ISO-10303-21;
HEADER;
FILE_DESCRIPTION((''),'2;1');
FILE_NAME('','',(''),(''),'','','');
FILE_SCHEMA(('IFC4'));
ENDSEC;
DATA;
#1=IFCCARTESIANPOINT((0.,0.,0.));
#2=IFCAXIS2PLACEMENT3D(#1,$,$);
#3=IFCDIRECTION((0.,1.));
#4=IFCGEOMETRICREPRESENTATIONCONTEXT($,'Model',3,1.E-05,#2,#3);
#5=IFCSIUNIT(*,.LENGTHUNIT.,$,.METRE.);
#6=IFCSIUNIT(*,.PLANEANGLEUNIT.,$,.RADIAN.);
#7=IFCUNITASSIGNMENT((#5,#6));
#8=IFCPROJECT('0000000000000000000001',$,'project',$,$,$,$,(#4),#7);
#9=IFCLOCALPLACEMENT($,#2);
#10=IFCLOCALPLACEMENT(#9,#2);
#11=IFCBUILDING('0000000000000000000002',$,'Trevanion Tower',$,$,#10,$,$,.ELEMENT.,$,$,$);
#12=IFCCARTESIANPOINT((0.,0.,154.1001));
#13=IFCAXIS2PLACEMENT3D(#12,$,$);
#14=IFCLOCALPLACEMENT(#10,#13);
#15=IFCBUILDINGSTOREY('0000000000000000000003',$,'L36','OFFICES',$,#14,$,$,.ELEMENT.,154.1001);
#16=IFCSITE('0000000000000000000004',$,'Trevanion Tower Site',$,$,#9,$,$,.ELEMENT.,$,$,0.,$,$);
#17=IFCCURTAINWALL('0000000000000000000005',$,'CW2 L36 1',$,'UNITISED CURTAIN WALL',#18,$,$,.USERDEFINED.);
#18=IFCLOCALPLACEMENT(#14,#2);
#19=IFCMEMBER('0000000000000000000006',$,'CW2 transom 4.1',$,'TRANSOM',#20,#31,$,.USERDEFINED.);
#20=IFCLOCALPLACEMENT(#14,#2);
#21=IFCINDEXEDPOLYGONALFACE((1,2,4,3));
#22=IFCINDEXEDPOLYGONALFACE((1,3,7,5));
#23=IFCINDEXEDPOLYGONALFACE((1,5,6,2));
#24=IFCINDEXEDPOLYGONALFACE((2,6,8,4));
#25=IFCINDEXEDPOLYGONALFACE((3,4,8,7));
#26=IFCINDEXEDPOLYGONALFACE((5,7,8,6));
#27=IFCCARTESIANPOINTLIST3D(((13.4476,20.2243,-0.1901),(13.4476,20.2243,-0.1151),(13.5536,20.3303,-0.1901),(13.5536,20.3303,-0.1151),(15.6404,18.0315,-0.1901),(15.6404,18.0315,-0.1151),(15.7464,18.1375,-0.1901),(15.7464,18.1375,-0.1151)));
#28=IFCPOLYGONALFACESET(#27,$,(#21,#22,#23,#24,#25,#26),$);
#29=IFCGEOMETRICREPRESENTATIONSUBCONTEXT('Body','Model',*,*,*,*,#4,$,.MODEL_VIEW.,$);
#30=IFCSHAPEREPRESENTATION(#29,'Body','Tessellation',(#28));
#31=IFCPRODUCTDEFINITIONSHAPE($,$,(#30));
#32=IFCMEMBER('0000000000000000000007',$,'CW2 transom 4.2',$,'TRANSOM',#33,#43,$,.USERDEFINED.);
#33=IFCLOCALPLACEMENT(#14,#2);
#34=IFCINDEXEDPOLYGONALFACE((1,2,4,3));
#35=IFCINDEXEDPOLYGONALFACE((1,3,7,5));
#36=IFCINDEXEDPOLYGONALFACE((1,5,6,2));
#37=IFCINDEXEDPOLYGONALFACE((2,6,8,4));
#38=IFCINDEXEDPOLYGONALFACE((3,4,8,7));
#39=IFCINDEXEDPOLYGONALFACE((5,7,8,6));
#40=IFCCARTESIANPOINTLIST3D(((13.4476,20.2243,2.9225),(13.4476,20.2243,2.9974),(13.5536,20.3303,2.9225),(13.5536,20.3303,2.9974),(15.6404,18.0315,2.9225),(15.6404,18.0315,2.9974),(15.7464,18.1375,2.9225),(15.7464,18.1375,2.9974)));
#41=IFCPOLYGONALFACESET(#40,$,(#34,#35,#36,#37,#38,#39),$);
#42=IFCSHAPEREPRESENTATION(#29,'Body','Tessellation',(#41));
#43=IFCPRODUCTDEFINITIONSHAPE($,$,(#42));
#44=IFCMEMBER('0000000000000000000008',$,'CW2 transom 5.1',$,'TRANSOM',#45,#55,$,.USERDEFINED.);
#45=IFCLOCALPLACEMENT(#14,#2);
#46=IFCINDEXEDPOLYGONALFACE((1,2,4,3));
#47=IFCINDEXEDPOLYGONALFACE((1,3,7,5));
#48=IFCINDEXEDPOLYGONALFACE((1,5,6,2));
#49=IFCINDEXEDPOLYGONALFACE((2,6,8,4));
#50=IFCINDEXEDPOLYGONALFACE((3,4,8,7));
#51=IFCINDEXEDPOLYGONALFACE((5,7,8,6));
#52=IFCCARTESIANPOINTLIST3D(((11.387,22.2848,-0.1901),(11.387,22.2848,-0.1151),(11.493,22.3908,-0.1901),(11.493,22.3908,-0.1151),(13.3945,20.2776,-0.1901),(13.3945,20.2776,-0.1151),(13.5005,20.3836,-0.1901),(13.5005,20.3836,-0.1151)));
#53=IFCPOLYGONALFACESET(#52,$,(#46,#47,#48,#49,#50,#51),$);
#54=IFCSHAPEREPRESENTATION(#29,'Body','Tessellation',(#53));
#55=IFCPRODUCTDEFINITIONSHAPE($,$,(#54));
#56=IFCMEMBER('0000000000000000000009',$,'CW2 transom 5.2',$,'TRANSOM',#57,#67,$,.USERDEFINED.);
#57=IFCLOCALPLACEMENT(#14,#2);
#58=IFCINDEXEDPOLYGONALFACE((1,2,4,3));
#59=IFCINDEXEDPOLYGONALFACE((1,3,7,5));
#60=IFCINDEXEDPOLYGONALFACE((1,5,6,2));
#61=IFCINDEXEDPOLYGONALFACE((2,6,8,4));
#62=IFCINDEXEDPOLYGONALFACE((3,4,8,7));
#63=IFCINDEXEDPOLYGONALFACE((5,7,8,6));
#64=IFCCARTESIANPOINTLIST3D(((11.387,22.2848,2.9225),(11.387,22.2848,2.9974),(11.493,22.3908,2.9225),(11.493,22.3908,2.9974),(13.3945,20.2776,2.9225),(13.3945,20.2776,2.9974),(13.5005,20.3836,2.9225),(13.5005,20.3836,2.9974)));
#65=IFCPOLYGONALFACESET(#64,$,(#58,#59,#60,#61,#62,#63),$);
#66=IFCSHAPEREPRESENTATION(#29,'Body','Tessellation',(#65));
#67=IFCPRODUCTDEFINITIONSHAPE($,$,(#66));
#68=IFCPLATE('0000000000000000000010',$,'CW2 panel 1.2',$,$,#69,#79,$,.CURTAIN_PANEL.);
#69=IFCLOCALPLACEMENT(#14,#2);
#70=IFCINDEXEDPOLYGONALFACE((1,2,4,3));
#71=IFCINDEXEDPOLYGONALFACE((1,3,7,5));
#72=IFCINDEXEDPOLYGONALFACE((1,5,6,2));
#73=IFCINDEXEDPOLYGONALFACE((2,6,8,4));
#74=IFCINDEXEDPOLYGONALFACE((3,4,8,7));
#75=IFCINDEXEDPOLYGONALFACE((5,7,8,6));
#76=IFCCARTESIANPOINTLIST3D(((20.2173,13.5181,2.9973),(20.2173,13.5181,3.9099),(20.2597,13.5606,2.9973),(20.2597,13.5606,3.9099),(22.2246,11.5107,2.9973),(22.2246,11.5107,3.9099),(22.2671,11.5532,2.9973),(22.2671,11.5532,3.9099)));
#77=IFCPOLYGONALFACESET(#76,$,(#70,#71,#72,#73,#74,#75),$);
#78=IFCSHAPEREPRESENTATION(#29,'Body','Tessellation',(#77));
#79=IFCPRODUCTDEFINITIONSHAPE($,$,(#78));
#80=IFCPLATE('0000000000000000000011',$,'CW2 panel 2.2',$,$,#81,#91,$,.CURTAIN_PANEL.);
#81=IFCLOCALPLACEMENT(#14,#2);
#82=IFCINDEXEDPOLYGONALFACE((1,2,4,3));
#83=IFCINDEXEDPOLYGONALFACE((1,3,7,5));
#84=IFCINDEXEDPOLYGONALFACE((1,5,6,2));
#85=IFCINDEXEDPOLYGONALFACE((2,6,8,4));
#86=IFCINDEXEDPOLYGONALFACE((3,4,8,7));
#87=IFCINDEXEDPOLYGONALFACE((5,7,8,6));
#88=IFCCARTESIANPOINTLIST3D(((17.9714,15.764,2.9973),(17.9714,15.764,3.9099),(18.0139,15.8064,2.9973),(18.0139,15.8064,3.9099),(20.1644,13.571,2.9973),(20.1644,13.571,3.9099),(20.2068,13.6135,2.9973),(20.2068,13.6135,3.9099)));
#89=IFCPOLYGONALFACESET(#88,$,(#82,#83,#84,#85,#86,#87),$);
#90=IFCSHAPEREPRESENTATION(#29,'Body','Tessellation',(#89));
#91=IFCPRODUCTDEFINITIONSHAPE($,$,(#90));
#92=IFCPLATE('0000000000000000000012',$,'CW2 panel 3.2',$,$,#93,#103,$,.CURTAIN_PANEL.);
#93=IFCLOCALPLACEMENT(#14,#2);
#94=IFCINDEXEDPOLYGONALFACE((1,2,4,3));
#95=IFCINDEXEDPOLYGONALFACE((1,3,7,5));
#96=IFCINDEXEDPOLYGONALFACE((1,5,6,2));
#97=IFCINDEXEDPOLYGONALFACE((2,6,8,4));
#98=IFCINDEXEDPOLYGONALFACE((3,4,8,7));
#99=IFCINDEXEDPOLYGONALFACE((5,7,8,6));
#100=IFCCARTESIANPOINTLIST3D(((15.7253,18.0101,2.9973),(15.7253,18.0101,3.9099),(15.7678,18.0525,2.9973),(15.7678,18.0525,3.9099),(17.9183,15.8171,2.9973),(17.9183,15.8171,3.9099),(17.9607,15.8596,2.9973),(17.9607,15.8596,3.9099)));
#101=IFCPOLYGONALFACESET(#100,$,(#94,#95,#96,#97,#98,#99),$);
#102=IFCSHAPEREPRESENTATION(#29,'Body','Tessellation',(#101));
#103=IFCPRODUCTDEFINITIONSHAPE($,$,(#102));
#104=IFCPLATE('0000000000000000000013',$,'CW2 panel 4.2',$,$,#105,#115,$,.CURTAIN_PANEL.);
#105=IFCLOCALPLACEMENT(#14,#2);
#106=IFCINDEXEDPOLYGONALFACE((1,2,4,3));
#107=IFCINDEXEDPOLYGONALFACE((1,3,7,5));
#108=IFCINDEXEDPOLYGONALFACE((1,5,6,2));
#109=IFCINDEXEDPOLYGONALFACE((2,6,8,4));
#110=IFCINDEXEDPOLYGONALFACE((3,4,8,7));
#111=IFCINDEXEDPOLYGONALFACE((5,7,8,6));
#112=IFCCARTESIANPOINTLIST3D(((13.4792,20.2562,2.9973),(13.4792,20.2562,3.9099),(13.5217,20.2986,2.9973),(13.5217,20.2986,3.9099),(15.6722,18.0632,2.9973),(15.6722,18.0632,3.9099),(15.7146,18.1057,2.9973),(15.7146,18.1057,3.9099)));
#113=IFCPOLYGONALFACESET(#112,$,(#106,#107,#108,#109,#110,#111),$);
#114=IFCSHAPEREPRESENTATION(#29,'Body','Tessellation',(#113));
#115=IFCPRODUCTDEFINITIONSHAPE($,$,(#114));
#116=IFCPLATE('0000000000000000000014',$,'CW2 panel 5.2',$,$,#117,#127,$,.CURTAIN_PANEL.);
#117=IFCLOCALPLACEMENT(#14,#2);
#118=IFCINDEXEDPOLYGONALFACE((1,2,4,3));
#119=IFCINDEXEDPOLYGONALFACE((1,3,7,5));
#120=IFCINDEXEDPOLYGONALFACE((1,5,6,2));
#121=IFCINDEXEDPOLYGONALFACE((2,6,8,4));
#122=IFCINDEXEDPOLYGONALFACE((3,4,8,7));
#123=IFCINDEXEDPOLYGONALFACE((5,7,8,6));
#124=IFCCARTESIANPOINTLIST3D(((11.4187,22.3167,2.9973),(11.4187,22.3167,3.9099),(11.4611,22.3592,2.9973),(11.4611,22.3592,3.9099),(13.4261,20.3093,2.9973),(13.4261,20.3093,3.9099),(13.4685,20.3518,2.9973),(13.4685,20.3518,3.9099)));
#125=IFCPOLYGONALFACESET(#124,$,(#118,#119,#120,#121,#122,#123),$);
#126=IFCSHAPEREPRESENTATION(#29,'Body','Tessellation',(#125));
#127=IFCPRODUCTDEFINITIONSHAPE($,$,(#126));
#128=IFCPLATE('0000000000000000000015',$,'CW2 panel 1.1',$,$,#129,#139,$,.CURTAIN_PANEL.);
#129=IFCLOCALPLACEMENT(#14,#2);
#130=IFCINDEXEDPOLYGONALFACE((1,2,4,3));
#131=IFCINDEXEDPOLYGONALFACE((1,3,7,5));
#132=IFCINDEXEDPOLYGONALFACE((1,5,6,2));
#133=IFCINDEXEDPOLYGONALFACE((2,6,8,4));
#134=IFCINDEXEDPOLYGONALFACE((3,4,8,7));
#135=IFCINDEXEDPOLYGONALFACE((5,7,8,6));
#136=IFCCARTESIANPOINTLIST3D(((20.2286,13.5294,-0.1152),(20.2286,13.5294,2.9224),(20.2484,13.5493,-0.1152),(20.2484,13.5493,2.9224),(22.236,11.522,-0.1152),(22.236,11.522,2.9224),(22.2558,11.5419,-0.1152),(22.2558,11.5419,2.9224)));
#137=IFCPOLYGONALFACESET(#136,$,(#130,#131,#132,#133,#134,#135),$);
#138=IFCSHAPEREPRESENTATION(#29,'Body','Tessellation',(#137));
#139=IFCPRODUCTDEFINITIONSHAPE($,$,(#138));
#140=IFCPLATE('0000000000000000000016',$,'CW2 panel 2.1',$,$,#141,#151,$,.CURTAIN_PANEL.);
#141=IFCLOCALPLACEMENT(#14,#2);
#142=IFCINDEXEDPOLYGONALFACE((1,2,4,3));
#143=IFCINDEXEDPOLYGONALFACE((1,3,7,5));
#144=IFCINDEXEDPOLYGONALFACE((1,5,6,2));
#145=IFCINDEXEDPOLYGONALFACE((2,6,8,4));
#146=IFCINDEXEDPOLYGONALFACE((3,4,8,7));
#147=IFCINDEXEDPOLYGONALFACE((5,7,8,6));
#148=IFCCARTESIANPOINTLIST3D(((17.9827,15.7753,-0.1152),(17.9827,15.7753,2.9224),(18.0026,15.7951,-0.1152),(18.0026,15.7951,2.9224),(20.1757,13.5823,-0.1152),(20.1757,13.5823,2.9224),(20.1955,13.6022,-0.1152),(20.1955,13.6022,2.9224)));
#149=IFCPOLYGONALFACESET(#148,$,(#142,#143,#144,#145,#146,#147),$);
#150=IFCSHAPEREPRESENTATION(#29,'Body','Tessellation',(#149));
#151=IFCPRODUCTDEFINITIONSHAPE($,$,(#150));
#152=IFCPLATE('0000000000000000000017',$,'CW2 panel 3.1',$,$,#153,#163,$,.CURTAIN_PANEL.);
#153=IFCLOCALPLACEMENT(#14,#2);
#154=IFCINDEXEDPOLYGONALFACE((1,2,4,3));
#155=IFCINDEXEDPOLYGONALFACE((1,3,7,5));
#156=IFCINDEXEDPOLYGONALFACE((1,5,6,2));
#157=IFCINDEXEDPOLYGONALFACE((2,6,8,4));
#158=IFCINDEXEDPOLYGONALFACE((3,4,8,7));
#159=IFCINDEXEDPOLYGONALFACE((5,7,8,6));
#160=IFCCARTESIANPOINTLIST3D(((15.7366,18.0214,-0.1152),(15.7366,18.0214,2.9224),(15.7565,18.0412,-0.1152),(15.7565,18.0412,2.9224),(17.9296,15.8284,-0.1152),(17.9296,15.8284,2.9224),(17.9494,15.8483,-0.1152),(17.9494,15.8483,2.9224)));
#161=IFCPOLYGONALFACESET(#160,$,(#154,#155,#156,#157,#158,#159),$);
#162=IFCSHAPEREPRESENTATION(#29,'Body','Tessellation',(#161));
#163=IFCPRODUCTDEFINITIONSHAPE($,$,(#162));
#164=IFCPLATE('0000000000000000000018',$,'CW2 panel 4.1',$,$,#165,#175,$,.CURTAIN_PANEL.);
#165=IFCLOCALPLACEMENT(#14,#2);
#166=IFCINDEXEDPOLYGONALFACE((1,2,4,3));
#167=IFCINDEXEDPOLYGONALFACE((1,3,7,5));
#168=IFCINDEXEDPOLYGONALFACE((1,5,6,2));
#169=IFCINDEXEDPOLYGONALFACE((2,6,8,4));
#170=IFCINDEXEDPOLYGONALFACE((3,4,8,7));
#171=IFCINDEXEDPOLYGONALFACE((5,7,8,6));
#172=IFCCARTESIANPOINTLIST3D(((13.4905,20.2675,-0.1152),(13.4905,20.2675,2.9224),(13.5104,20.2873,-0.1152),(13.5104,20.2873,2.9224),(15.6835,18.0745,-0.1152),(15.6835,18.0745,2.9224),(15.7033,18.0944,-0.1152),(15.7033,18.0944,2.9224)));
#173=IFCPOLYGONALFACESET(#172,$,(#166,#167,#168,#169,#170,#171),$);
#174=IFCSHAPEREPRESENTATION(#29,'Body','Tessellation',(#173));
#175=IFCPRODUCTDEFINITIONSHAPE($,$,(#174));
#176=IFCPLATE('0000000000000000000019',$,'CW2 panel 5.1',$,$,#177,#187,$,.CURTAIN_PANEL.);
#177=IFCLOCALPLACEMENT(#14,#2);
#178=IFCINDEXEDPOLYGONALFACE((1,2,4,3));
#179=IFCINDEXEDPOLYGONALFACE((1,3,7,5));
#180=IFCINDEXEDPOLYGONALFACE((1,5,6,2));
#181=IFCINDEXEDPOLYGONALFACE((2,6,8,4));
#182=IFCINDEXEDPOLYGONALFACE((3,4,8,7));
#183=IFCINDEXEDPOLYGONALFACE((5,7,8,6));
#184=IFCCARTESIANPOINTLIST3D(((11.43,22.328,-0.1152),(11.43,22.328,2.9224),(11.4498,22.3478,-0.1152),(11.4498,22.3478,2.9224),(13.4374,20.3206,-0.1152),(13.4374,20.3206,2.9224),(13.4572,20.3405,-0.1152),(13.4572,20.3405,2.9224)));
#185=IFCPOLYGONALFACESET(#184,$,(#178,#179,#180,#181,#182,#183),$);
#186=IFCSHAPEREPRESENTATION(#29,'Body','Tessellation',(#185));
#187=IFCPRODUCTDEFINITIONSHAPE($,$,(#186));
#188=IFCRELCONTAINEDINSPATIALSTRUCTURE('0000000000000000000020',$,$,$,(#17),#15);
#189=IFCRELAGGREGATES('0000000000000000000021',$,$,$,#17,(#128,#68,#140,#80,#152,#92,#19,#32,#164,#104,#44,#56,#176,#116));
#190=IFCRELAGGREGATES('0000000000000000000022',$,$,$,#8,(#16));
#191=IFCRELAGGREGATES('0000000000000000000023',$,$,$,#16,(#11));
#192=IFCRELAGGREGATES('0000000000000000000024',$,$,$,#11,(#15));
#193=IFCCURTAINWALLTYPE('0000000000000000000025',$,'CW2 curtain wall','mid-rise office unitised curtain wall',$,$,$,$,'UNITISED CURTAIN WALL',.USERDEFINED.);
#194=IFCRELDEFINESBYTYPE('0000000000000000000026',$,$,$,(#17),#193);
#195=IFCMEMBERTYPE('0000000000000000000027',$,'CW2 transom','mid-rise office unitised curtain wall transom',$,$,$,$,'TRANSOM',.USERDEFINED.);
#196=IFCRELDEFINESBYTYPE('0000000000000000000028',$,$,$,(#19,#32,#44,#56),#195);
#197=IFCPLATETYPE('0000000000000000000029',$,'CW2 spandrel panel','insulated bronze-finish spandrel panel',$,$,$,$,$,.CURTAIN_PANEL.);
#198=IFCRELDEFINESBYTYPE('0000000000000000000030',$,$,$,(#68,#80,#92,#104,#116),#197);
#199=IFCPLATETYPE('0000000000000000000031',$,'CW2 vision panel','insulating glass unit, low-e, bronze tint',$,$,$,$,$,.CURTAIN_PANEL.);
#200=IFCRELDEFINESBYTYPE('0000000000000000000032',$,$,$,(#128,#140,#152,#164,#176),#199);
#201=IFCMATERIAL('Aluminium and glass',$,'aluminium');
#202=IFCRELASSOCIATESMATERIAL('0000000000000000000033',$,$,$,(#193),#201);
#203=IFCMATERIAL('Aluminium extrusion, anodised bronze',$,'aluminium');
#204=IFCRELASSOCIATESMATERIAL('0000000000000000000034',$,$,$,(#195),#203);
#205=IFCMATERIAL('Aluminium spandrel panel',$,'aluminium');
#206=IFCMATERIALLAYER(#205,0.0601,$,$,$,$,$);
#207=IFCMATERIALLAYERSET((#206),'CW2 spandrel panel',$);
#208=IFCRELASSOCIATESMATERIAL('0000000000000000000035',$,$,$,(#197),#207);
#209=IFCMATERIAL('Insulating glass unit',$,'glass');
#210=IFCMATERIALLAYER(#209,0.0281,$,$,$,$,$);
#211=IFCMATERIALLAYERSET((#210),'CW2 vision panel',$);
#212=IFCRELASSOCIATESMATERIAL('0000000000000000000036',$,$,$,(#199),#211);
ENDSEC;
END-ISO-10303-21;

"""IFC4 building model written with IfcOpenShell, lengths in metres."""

from ifc_helpers import new_model, si_unit, direction, frame, origin, origin_2d, place, context, subcontext, project, spatial, rectangle, extrude, material, layer, layer_set, material_profile, profile_set, type_object, element, aggregate, save


model = new_model("IFC4")

# Units and contexts
model_context = context("Model", 3, precision=1e-05, world=origin(), true_north=direction((0.0, 1.0)))
body_context = subcontext(model_context, "Body", "Model", "MODEL_VIEW")
ifc_project = project(units=[si_unit("LENGTHUNIT", "METRE"), si_unit("PLANEANGLEUNIT", "RADIAN")], contexts=[model_context])

# Site, building, storey
site_placement = place(None, origin())
site = spatial("IfcSite", under=ifc_project, at=site_placement, Name="Trevanion Tower Site", CompositionType="ELEMENT", RefElevation=0.0)
building_placement = place(site_placement, origin())
building = spatial("IfcBuilding", under=site, at=building_placement, Name="Trevanion Tower", CompositionType="ELEMENT")
storey_placement = place(building_placement, frame((0.0, 0.0, 154.1001)))
storey = spatial("IfcBuildingStorey", under=building, at=storey_placement, Name="L36", Description="OFFICES", CompositionType="ELEMENT", Elevation=154.1001)

# Curtain wall
ifc_material_1 = material(Name="Aluminium and glass", Category="aluminium")
curtain_wall_type = type_object("IfcCurtainWallType", Name="CW2 curtain wall", Description="mid-rise office unitised curtain wall", ElementType="UNITISED CURTAIN WALL", PredefinedType="USERDEFINED", material=ifc_material_1)
curtain_wall_1_placement = place(storey_placement, origin())
curtain_wall_1 = element("IfcCurtainWall", 1, at=curtain_wall_1_placement, inside=storey, type_object=curtain_wall_type, Name="CW2 L36 1", ObjectType="UNITISED CURTAIN WALL", PredefinedType="USERDEFINED")

# Members
ifc_material_2 = material(Name="Aluminium extrusion, anodised bronze", Category="aluminium")
ifc_material_profile_1 = material_profile(ifc_material_2, rectangle(XDim=0.1499, YDim=0.075, at=origin_2d()), Name="CW2 transom")
ifc_profile_set_1 = profile_set([ifc_material_profile_1], Name="Aluminium extrusion, anodised bronze")
member_type_1 = type_object("IfcMemberType", Name="CW2 transom", Description="mid-rise office unitised curtain wall transom", ElementType="TRANSOM", PredefinedType="USERDEFINED", material=ifc_profile_set_1)
member_1_placement = place(storey_placement, frame((15.6934, 18.0845, -0.1526), z_axis=(-0.707107, 0.707107, 0.0), x_axis=(-0.707107, -0.707107, 0.0)))
member_1 = element("IfcMember", 2, at=member_1_placement, type_object=member_type_1, Name="CW2 transom 4.1", ObjectType="TRANSOM", PredefinedType="USERDEFINED", context=body_context, shape_type="SweptSolid", body=[
    extrude(rectangle(XDim=0.1499, YDim=0.075, at=origin_2d()), origin(), (0.0, 0.0, 1.0), 3.1011),
])
member_2_placement = place(storey_placement, frame((15.6934, 18.0845, 2.96), z_axis=(-0.707107, 0.707107, 0.0), x_axis=(-0.707107, -0.707107, 0.0)))
member_2 = element("IfcMember", 3, at=member_2_placement, type_object=member_type_1, Name="CW2 transom 4.2", ObjectType="TRANSOM", PredefinedType="USERDEFINED", context=body_context, shape_type="SweptSolid", body=[
    extrude(rectangle(XDim=0.1499, YDim=0.075, at=origin_2d()), origin(), (0.0, 0.0, 1.0), 3.1011),
])
member_3_placement = place(storey_placement, frame((13.4475, 20.3306, -0.1526), z_axis=(-0.70715, 0.707064, 0.0), x_axis=(-0.707064, -0.70715, 0.0)))
member_3 = element("IfcMember", 4, at=member_3_placement, type_object=member_type_1, Name="CW2 transom 5.1", ObjectType="TRANSOM", PredefinedType="USERDEFINED", context=body_context, shape_type="SweptSolid", body=[
    extrude(rectangle(XDim=0.1499, YDim=0.075, at=origin_2d()), origin(), (0.0, 0.0, 1.0), 2.8389),
])
member_4_placement = place(storey_placement, frame((13.4475, 20.3306, 2.96), z_axis=(-0.70715, 0.707064, 0.0), x_axis=(-0.707064, -0.70715, 0.0)))
member_4 = element("IfcMember", 5, at=member_4_placement, type_object=member_type_1, Name="CW2 transom 5.2", ObjectType="TRANSOM", PredefinedType="USERDEFINED", context=body_context, shape_type="SweptSolid", body=[
    extrude(rectangle(XDim=0.1499, YDim=0.075, at=origin_2d()), origin(), (0.0, 0.0, 1.0), 2.8389),
])

# Plates
ifc_material_3 = material(Name="Aluminium spandrel panel", Category="aluminium")
ifc_layer_1 = layer(ifc_material_3, 0.0601)
ifc_layer_set_1 = layer_set([ifc_layer_1], Name="CW2 spandrel panel")
plate_type_1 = type_object("IfcPlateType", Name="CW2 spandrel panel", Description="insulated bronze-finish spandrel panel", PredefinedType="CURTAIN_PANEL", material=ifc_layer_set_1)
plate_1_placement = place(storey_placement, frame((21.2422, 12.5356, 2.9973), z_axis=(0.0, 0.0, 1.0), x_axis=(-0.707107, 0.707107, 0.0)))
plate_1 = element("IfcPlate", 6, at=plate_1_placement, type_object=plate_type_1, Name="CW2 panel 1.2", PredefinedType="CURTAIN_PANEL", context=body_context, shape_type="SweptSolid", body=[
    extrude(rectangle(XDim=2.8389, YDim=0.0601, at=origin_2d()), origin(), (0.0, 0.0, 1.0), 0.9126),
])
plate_2_placement = place(storey_placement, frame((19.0891, 14.6887, 2.9973), z_axis=(0.0, 0.0, 1.0), x_axis=(-0.707107, 0.707107, 0.0)))
plate_2 = element("IfcPlate", 7, at=plate_2_placement, type_object=plate_type_1, Name="CW2 panel 2.2", PredefinedType="CURTAIN_PANEL", context=body_context, shape_type="SweptSolid", body=[
    extrude(rectangle(XDim=3.1013, YDim=0.0601, at=origin_2d()), origin(), (0.0, 0.0, 1.0), 0.9126),
])
plate_3_placement = place(storey_placement, frame((16.843, 16.9348, 2.9973), z_axis=(0.0, 0.0, 1.0), x_axis=(-0.707107, 0.707107, 0.0)))
plate_3 = element("IfcPlate", 8, at=plate_3_placement, type_object=plate_type_1, Name="CW2 panel 3.2", PredefinedType="CURTAIN_PANEL", context=body_context, shape_type="SweptSolid", body=[
    extrude(rectangle(XDim=3.1013, YDim=0.0601, at=origin_2d()), origin(), (0.0, 0.0, 1.0), 0.9126),
])
plate_4_placement = place(storey_placement, frame((14.5969, 19.1809, 2.9973), z_axis=(0.0, 0.0, 1.0), x_axis=(-0.707107, 0.707107, 0.0)))
plate_4 = element("IfcPlate", 9, at=plate_4_placement, type_object=plate_type_1, Name="CW2 panel 4.2", PredefinedType="CURTAIN_PANEL", context=body_context, shape_type="SweptSolid", body=[
    extrude(rectangle(XDim=3.1013, YDim=0.0601, at=origin_2d()), origin(), (0.0, 0.0, 1.0), 0.9126),
])
plate_5_placement = place(storey_placement, frame((12.4436, 21.3342, 2.9973), z_axis=(0.0, 0.0, 1.0), x_axis=(-0.707107, 0.707107, 0.0)))
plate_5 = element("IfcPlate", 10, at=plate_5_placement, type_object=plate_type_1, Name="CW2 panel 5.2", PredefinedType="CURTAIN_PANEL", context=body_context, shape_type="SweptSolid", body=[
    extrude(rectangle(XDim=2.8389, YDim=0.0601, at=origin_2d()), origin(), (0.0, 0.0, 1.0), 0.9126),
])
ifc_material_4 = material(Name="Insulating glass unit", Category="glass")
ifc_layer_2 = layer(ifc_material_4, 0.0281)
ifc_layer_set_2 = layer_set([ifc_layer_2], Name="CW2 vision panel")
plate_type_2 = type_object("IfcPlateType", Name="CW2 vision panel", Description="insulating glass unit, low-e, bronze tint", PredefinedType="CURTAIN_PANEL", material=ifc_layer_set_2)
plate_6_placement = place(storey_placement, frame((21.2422, 12.5356, -0.1152), z_axis=(0.0, 0.0, 1.0), x_axis=(-0.707107, 0.707107, 0.0)))
plate_6 = element("IfcPlate", 11, at=plate_6_placement, type_object=plate_type_2, Name="CW2 panel 1.1", PredefinedType="CURTAIN_PANEL", context=body_context, shape_type="SweptSolid", body=[
    extrude(rectangle(XDim=2.8389, YDim=0.0281, at=origin_2d()), origin(), (0.0, 0.0, 1.0), 3.0376),
])
plate_7_placement = place(storey_placement, frame((19.0891, 14.6887, -0.1152), z_axis=(0.0, 0.0, 1.0), x_axis=(-0.707107, 0.707107, 0.0)))
plate_7 = element("IfcPlate", 12, at=plate_7_placement, type_object=plate_type_2, Name="CW2 panel 2.1", PredefinedType="CURTAIN_PANEL", context=body_context, shape_type="SweptSolid", body=[
    extrude(rectangle(XDim=3.1013, YDim=0.0281, at=origin_2d()), origin(), (0.0, 0.0, 1.0), 3.0376),
])
plate_8_placement = place(storey_placement, frame((16.843, 16.9348, -0.1152), z_axis=(0.0, 0.0, 1.0), x_axis=(-0.707107, 0.707107, 0.0)))
plate_8 = element("IfcPlate", 13, at=plate_8_placement, type_object=plate_type_2, Name="CW2 panel 3.1", PredefinedType="CURTAIN_PANEL", context=body_context, shape_type="SweptSolid", body=[
    extrude(rectangle(XDim=3.1013, YDim=0.0281, at=origin_2d()), origin(), (0.0, 0.0, 1.0), 3.0376),
])
plate_9_placement = place(storey_placement, frame((14.5969, 19.1809, -0.1152), z_axis=(0.0, 0.0, 1.0), x_axis=(-0.707107, 0.707107, 0.0)))
plate_9 = element("IfcPlate", 14, at=plate_9_placement, type_object=plate_type_2, Name="CW2 panel 4.1", PredefinedType="CURTAIN_PANEL", context=body_context, shape_type="SweptSolid", body=[
    extrude(rectangle(XDim=3.1013, YDim=0.0281, at=origin_2d()), origin(), (0.0, 0.0, 1.0), 3.0376),
])
plate_10_placement = place(storey_placement, frame((12.4436, 21.3342, -0.1152), z_axis=(0.0, 0.0, 1.0), x_axis=(-0.707107, 0.707107, 0.0)))
plate_10 = element("IfcPlate", 15, at=plate_10_placement, type_object=plate_type_2, Name="CW2 panel 5.1", PredefinedType="CURTAIN_PANEL", context=body_context, shape_type="SweptSolid", body=[
    extrude(rectangle(XDim=2.8389, YDim=0.0281, at=origin_2d()), origin(), (0.0, 0.0, 1.0), 3.0376),
])
aggregate(curtain_wall_1, [plate_6, plate_1, plate_7, plate_2, plate_8, plate_3, member_1, member_2, plate_9, plate_4, member_3, member_4, plate_10, plate_5])

save(model, "model.ifc")
